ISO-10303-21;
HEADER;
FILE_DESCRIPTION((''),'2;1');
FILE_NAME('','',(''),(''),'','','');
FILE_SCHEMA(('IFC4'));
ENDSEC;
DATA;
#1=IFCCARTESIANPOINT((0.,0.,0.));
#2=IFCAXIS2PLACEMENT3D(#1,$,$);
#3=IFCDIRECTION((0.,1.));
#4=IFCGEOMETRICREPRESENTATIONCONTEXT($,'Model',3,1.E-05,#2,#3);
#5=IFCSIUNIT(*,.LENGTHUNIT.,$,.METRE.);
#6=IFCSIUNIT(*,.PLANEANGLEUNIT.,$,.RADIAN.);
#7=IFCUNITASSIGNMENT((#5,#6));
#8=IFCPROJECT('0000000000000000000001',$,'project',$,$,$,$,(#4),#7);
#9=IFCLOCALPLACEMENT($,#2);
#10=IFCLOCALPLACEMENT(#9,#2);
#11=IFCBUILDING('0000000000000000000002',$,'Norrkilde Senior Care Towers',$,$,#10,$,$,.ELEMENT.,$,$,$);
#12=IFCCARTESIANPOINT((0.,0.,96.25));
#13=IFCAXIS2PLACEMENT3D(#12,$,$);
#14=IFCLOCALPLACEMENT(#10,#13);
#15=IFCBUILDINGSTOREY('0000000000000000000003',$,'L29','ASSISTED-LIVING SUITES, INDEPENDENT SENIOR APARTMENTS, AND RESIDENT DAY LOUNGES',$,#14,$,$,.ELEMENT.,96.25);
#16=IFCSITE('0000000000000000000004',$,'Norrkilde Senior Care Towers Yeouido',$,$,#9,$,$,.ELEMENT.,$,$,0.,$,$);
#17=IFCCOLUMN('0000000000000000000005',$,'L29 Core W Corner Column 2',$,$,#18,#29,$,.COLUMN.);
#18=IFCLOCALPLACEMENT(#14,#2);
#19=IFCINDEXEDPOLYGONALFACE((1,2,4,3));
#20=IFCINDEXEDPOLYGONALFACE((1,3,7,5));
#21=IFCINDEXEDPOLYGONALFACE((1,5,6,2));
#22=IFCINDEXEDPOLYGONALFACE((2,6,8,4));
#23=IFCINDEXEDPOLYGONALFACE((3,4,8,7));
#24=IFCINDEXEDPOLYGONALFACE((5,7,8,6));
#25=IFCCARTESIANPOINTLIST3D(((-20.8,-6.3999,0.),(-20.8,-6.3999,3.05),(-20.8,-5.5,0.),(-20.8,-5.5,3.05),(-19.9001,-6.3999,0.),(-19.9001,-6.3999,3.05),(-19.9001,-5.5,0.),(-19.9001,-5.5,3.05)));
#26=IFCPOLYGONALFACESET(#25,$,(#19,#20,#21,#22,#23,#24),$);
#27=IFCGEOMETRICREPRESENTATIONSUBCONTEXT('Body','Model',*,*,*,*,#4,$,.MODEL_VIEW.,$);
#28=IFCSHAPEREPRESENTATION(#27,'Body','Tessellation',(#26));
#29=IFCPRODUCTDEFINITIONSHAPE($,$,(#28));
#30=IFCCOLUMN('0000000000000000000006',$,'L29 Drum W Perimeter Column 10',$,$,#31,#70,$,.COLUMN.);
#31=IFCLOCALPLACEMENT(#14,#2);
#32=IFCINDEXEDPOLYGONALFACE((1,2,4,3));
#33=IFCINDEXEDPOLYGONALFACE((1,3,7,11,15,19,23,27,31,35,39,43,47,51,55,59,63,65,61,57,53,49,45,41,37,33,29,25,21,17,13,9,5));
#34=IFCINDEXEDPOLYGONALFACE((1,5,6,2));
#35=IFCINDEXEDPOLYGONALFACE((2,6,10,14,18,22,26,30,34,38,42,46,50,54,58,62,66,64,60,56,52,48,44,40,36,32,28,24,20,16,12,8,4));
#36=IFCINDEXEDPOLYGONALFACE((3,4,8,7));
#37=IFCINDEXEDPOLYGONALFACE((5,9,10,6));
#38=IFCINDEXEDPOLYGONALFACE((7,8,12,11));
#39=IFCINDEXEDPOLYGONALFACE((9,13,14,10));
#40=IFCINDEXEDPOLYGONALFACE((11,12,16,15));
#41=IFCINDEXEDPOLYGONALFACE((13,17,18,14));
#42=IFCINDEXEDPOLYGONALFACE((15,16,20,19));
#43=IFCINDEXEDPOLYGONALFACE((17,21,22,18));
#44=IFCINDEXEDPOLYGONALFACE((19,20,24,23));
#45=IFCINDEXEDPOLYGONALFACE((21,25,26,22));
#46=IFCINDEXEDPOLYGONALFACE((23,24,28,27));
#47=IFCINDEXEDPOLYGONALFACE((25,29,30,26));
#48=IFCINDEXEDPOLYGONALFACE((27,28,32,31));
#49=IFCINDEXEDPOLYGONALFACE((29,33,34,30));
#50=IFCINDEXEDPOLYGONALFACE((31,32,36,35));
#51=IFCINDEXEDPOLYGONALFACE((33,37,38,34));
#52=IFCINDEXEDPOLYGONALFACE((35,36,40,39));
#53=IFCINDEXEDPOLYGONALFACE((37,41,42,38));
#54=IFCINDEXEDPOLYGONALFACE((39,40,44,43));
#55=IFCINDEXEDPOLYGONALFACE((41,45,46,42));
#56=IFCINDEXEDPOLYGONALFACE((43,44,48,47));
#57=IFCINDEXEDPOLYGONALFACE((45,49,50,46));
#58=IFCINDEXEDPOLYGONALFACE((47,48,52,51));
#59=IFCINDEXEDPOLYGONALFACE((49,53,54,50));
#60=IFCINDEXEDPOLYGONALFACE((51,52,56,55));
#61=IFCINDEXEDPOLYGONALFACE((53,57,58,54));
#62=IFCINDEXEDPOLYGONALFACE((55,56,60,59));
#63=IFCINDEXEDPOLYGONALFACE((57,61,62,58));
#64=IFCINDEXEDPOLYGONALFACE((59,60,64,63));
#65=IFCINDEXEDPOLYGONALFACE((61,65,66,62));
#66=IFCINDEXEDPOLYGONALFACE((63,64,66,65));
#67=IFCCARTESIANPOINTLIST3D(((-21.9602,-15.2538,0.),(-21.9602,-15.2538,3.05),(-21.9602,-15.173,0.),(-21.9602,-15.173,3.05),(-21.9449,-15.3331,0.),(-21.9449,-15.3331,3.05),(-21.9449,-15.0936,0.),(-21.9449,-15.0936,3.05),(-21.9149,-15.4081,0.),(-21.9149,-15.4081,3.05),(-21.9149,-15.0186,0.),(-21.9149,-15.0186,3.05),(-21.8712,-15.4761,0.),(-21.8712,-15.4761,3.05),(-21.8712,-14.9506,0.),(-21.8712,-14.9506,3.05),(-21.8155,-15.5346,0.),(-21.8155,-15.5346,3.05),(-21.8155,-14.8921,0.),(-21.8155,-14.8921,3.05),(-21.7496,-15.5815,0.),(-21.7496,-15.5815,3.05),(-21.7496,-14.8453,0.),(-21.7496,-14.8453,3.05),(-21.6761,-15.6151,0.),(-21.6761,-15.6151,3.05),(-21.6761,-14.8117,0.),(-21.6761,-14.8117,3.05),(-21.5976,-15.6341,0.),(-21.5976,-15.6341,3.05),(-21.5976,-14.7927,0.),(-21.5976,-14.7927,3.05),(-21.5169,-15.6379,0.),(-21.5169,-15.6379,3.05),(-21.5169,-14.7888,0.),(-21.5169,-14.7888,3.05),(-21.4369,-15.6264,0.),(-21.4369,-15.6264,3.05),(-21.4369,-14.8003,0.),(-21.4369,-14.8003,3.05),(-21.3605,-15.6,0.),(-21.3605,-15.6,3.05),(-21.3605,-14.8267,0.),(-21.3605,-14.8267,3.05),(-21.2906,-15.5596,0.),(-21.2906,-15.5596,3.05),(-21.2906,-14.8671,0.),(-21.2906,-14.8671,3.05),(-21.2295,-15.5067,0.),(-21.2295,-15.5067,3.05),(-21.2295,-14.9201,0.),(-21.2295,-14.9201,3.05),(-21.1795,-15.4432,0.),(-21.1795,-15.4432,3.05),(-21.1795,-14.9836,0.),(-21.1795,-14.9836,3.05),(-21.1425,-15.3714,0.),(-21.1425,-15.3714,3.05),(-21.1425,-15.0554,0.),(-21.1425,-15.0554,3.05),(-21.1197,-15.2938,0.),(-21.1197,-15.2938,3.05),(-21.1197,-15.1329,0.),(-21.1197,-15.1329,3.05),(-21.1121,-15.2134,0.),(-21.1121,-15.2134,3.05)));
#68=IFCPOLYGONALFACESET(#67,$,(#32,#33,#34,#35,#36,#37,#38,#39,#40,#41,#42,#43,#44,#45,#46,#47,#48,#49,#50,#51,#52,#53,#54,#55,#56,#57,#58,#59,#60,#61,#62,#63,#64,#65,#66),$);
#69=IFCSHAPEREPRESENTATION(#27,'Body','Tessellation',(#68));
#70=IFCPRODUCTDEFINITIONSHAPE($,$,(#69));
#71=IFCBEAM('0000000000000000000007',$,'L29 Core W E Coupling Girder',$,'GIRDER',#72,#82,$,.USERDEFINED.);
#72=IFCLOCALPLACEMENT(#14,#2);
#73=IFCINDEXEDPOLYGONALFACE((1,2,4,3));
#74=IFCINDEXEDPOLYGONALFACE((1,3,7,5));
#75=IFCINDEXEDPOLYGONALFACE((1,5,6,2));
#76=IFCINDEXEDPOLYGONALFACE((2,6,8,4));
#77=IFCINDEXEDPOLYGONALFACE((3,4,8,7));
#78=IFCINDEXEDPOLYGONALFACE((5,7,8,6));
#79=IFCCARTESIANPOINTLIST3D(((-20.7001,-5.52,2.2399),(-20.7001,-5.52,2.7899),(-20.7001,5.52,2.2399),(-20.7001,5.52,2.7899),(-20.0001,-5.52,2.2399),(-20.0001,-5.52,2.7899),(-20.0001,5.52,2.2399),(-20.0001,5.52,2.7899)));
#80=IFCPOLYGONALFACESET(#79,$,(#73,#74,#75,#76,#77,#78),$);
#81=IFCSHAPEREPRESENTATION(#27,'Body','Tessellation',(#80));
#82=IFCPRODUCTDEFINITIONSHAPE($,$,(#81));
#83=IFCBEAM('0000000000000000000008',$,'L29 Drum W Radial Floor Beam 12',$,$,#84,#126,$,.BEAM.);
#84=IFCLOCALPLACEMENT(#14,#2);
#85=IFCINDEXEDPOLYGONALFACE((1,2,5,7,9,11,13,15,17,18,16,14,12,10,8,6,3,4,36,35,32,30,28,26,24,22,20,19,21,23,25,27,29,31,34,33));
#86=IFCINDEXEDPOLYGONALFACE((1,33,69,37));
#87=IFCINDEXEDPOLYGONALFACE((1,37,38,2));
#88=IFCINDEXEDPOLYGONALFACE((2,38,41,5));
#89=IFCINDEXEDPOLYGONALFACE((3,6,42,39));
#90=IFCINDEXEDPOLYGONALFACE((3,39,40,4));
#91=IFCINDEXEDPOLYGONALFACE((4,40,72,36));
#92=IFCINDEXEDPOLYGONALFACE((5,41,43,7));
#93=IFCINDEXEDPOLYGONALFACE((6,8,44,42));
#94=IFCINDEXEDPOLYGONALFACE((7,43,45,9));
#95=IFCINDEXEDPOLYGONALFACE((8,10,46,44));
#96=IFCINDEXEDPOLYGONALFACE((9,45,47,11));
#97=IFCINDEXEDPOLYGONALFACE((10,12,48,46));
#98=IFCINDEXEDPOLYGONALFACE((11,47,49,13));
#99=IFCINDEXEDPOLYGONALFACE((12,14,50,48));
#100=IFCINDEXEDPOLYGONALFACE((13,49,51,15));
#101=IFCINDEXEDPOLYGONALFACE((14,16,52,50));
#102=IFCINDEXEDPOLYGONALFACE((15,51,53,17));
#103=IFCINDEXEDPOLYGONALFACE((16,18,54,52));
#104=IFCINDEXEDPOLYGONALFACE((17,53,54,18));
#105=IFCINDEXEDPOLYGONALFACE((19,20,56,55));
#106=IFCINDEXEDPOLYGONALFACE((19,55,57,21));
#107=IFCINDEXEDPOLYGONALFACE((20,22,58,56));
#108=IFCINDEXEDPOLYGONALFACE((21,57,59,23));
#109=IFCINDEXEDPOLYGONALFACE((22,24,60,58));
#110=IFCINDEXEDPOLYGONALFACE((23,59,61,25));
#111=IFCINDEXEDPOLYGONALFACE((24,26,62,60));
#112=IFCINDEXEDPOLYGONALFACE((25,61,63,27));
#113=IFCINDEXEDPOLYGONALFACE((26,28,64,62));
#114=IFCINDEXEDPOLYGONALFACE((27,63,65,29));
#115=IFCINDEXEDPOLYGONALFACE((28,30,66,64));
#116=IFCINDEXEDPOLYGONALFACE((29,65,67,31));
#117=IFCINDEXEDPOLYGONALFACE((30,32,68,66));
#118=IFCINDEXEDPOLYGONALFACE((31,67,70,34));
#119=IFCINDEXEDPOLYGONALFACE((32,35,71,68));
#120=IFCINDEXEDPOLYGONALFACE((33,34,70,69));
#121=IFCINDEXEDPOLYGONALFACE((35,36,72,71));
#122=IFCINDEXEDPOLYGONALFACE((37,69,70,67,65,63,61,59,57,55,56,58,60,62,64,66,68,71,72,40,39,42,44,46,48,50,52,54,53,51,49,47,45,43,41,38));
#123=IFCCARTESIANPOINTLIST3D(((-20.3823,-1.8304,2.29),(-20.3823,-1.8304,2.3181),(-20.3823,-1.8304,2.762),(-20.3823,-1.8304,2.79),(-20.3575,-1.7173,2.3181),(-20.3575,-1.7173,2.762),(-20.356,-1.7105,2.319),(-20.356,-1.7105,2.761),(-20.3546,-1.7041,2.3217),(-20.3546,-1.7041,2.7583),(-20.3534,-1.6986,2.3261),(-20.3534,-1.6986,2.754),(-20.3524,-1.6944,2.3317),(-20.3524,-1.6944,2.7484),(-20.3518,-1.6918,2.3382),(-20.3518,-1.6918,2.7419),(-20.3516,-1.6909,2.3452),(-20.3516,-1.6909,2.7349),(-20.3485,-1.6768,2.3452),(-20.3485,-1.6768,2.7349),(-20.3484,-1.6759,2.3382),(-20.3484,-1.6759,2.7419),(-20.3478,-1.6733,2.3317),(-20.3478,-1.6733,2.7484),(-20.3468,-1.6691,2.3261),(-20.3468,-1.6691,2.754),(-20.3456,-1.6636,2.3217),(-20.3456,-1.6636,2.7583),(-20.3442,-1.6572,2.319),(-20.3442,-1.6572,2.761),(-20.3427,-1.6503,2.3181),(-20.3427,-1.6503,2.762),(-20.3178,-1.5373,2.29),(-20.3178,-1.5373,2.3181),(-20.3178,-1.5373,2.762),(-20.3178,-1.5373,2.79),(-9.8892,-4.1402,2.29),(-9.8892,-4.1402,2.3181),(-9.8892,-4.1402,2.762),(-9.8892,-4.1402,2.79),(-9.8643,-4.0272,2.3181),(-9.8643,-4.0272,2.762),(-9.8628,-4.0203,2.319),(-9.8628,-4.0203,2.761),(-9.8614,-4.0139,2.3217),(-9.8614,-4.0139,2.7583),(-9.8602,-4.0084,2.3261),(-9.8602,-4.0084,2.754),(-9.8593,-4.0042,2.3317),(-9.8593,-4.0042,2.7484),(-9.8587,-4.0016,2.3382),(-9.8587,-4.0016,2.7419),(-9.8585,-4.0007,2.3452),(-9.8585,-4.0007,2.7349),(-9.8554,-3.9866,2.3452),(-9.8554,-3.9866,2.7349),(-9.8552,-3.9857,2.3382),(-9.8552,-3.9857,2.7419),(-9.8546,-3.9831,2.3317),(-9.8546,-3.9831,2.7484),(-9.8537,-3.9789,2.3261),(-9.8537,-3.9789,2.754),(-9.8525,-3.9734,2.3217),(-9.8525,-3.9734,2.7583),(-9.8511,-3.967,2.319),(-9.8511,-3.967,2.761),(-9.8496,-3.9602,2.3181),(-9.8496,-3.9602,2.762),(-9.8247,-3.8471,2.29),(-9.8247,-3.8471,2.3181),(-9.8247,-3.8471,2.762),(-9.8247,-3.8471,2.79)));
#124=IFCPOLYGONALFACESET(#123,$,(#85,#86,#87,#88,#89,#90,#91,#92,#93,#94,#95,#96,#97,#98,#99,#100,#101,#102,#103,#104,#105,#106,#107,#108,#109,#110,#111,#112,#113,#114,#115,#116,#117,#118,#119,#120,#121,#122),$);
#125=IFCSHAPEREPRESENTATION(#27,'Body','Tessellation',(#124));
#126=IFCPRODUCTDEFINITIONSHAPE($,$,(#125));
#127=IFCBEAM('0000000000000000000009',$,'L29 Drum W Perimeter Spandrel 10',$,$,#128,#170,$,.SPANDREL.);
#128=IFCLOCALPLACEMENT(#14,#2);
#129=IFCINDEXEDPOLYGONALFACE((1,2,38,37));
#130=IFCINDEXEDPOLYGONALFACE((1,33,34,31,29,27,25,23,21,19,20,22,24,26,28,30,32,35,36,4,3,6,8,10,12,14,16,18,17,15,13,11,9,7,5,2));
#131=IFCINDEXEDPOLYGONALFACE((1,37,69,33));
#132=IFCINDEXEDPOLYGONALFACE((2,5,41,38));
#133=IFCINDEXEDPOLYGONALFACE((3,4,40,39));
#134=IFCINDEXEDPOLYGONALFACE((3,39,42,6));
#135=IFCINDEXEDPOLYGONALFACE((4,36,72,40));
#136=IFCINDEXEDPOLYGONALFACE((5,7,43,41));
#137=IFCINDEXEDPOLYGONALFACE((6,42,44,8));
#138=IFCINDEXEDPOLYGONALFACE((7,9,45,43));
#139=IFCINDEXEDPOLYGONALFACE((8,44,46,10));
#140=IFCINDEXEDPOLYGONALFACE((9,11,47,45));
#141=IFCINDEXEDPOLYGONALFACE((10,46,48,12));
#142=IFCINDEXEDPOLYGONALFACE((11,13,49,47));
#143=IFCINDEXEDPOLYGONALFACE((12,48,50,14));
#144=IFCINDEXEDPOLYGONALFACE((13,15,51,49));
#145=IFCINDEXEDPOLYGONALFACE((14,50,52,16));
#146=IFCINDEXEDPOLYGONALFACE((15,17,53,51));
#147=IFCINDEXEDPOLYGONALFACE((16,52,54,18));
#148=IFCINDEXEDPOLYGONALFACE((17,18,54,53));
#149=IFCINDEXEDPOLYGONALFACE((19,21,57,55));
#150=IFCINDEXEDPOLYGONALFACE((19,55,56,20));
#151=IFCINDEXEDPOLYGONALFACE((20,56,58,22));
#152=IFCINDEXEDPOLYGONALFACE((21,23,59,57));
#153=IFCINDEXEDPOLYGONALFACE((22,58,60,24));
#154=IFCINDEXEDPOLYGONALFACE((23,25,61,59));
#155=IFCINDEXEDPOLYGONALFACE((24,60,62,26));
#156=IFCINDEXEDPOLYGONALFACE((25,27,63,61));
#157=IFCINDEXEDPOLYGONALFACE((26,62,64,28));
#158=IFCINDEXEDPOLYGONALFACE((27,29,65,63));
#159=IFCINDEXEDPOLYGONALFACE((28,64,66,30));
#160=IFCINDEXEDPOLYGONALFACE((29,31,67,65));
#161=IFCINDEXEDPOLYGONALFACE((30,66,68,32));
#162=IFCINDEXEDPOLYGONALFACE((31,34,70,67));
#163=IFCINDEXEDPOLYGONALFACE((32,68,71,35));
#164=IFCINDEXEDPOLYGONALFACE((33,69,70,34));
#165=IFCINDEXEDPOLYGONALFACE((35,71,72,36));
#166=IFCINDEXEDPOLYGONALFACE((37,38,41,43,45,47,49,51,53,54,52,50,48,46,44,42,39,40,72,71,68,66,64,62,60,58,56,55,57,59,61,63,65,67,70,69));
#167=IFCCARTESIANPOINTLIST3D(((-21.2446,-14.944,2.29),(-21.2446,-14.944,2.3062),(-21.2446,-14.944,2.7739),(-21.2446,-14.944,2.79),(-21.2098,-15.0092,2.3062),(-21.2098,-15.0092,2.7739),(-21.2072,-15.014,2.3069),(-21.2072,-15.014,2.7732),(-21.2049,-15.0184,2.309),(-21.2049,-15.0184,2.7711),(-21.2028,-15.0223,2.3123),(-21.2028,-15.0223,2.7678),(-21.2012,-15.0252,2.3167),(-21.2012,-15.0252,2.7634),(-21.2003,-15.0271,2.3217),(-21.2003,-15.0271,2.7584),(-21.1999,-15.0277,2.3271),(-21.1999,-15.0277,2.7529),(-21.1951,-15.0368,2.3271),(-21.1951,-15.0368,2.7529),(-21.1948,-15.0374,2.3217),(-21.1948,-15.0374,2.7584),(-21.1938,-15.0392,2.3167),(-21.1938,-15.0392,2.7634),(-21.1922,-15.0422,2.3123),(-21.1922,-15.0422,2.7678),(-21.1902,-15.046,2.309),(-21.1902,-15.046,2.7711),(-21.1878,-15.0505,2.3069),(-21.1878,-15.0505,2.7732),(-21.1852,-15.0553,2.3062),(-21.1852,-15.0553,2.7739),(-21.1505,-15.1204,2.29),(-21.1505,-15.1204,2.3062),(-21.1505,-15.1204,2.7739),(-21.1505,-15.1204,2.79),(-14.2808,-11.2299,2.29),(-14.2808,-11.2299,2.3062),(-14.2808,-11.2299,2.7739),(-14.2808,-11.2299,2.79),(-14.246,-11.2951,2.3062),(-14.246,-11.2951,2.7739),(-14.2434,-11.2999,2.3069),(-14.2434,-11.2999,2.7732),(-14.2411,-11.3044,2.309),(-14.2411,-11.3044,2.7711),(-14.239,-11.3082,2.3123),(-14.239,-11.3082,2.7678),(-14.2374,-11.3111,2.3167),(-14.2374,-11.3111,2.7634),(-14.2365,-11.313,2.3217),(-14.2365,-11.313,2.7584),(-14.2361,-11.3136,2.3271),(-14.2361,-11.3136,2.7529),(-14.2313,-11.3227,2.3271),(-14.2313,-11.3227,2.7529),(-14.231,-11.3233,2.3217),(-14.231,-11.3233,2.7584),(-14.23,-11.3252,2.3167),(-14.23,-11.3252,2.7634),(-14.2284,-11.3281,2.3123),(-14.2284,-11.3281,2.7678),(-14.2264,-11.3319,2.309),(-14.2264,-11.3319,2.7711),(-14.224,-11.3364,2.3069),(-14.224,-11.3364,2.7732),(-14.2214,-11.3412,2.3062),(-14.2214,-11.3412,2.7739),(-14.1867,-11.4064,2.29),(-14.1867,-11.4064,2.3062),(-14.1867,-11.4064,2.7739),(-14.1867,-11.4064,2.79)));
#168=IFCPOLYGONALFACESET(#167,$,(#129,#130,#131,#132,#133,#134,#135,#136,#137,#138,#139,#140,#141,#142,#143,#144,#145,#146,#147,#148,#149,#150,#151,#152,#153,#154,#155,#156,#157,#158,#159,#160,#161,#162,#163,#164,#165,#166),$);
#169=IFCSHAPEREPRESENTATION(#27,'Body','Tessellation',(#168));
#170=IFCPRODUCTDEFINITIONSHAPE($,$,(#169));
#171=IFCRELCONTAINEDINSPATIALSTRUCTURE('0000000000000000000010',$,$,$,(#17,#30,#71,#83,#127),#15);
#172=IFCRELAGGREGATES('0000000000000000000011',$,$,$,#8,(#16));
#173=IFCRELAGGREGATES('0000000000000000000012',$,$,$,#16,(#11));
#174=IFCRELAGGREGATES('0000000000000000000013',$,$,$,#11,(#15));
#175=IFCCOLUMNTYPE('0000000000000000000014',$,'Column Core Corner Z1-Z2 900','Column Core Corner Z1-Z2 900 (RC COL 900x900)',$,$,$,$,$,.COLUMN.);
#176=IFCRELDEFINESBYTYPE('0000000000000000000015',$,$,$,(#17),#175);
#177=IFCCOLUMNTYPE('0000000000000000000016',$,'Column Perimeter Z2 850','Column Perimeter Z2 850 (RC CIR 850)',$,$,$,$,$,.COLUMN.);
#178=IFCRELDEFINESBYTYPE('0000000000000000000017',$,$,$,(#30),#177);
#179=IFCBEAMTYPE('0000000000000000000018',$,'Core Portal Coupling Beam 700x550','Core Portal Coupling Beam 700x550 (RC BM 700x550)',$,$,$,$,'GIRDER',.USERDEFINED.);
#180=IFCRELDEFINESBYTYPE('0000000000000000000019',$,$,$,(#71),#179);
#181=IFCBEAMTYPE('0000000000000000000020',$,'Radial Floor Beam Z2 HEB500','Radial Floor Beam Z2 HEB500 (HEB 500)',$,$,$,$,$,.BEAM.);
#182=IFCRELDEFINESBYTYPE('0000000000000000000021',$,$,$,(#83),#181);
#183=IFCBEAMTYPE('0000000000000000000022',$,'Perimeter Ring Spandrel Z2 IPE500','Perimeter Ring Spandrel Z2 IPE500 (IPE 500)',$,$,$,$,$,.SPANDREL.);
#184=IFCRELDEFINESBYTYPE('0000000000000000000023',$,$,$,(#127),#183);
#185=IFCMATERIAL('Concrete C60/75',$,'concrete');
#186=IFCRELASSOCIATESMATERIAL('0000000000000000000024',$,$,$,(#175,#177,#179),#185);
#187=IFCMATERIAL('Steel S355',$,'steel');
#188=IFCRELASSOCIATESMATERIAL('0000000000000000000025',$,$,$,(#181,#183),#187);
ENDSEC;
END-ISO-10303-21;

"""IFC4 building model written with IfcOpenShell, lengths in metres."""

from ifc_helpers import new_model, si_unit, direction, frame, origin, origin_2d, place, context, subcontext, project, spatial, rectangle, circle, i_section, extrude, source, transform, mapped, material, material_profile, profile_set, type_object, type_shapes, element, save


model = new_model("IFC4")

# Units and contexts
model_context = context("Model", 3, precision=1e-05, world=origin(), true_north=direction((0.0, 1.0)))
body_context = subcontext(model_context, "Body", "Model", "MODEL_VIEW")
ifc_project = project(units=[si_unit("LENGTHUNIT", "METRE"), si_unit("PLANEANGLEUNIT", "RADIAN")], contexts=[model_context])

# Site, building, storey
site_placement = place(None, origin())
site = spatial("IfcSite", under=ifc_project, at=site_placement, Name="Norrkilde Senior Care Towers Yeouido", CompositionType="ELEMENT", RefElevation=0.0)
building_placement = place(site_placement, origin())
building = spatial("IfcBuilding", under=site, at=building_placement, Name="Norrkilde Senior Care Towers", CompositionType="ELEMENT")
storey_placement = place(building_placement, frame((0.0, 0.0, 96.25)))
storey = spatial("IfcBuildingStorey", under=building, at=storey_placement, Name="L29", Description="ASSISTED-LIVING SUITES, INDEPENDENT SENIOR APARTMENTS, AND RESIDENT DAY LOUNGES", CompositionType="ELEMENT", Elevation=96.25)

# Columns
ifc_material_1 = material(Name="Concrete C60/75", Category="concrete")
ifc_material_profile_1 = material_profile(ifc_material_1, rectangle(XDim=0.8999, YDim=0.8999, at=origin_2d()), Name="RC COL 900x900")
ifc_profile_set_1 = profile_set([ifc_material_profile_1], Name="Concrete C60/75")
column_type_1 = type_object("IfcColumnType", Name="Column Core Corner Z1-Z2 900", Description="Column Core Corner Z1-Z2 900 (RC COL 900x900)", PredefinedType="COLUMN", material=ifc_profile_set_1)
shared_shape_1 = source(origin(), body_context, "Body", "SweptSolid", [
    extrude(rectangle(XDim=0.8999, YDim=0.8999, at=origin_2d()), origin(), (0.0, 0.0, 1.0), 3.05),
])
type_shapes(column_type_1, [shared_shape_1])
column_1_placement = place(storey_placement, frame((-20.3501, -5.95, 0.0), z_axis=(0.0, 0.0, 1.0), x_axis=(1.0, 0.0, 0.0)))
element("IfcColumn", 1, at=column_1_placement, inside=storey, type_object=column_type_1, Name="L29 Core W Corner Column 2", PredefinedType="COLUMN", context=body_context, shape_type="MappedRepresentation", body=[
    mapped(shared_shape_1, transform((0.0, 0.0, 0.0), x_axis=(1.0, 0.0, 0.0), y_axis=(0.0, 1.0, 0.0), z_axis=(0.0, 0.0, 1.0), scale=1.0)),
])
ifc_material_profile_2 = material_profile(ifc_material_1, circle(Radius=0.425, at=origin_2d()), Name="RC CIR 850")
ifc_profile_set_2 = profile_set([ifc_material_profile_2], Name="Concrete C60/75")
column_type_2 = type_object("IfcColumnType", Name="Column Perimeter Z2 850", Description="Column Perimeter Z2 850 (RC CIR 850)", PredefinedType="COLUMN", material=ifc_profile_set_2)
shared_shape_2 = source(origin(), body_context, "Body", "SweptSolid", [
    extrude(circle(Radius=0.425, at=origin_2d()), origin(), (0.0, 0.0, 1.0), 3.05),
])
type_shapes(column_type_2, [shared_shape_2])
column_2_placement = place(storey_placement, frame((-21.5371, -15.2134, 0.0), z_axis=(0.0, 0.0, 1.0), x_axis=(1.0, 0.0, 0.0)))
element("IfcColumn", 2, at=column_2_placement, inside=storey, type_object=column_type_2, Name="L29 Drum W Perimeter Column 10", PredefinedType="COLUMN", context=body_context, shape_type="MappedRepresentation", body=[
    mapped(shared_shape_2, transform((0.0, 0.0, 0.0), x_axis=(1.0, 0.0, 0.0), y_axis=(0.0, 1.0, 0.0), z_axis=(0.0, 0.0, 1.0), scale=1.0)),
])

# Beams
ifc_material_profile_3 = material_profile(ifc_material_1, rectangle(XDim=0.7, YDim=0.55, at=origin_2d()), Name="RC BM 700x550")
ifc_profile_set_3 = profile_set([ifc_material_profile_3], Name="Concrete C60/75")
beam_type_1 = type_object("IfcBeamType", Name="Core Portal Coupling Beam 700x550", Description="Core Portal Coupling Beam 700x550 (RC BM 700x550)", ElementType="GIRDER", PredefinedType="USERDEFINED", material=ifc_profile_set_3)
shared_shape_3 = source(origin(), body_context, "Body", "SweptSolid", [
    extrude(rectangle(XDim=0.7, YDim=0.55, at=origin_2d()), origin(), (0.0, 0.0, 1.0), 11.04),
])
type_shapes(beam_type_1, [shared_shape_3])
beam_1_placement = place(storey_placement, frame((-20.3501, -5.52, 2.5149), z_axis=(0.0, 1.0, 0.0), x_axis=(-1.0, 0.0, 0.0)))
element("IfcBeam", 3, at=beam_1_placement, inside=storey, type_object=beam_type_1, Name="L29 Core W E Coupling Girder", ObjectType="GIRDER", PredefinedType="USERDEFINED", context=body_context, shape_type="MappedRepresentation", body=[
    mapped(shared_shape_3, transform((0.0, 0.0, 0.0), x_axis=(1.0, 0.0, 0.0), y_axis=(0.0, 1.0, 0.0), z_axis=(0.0, 0.0, 1.0), scale=1.0)),
])
ifc_material_2 = material(Name="Steel S355", Category="steel")
ifc_material_profile_4 = material_profile(ifc_material_2, i_section(OverallWidth=0.3, OverallDepth=0.5, WebThickness=0.0144, FlangeThickness=0.0281, FilletRadius=0.0271, at=origin_2d()), Name="HEB 500")
ifc_profile_set_4 = profile_set([ifc_material_profile_4], Name="Steel S355")
beam_type_2 = type_object("IfcBeamType", Name="Radial Floor Beam Z2 HEB500", Description="Radial Floor Beam Z2 HEB500 (HEB 500)", PredefinedType="BEAM", material=ifc_profile_set_4)
shared_shape_4 = source(origin(), body_context, "Body", "SweptSolid", [
    extrude(i_section(OverallWidth=0.3, OverallDepth=0.5, WebThickness=0.0144, FlangeThickness=0.0281, FilletRadius=0.0271, at=origin_2d()), origin(), (0.0, 0.0, 1.0), 10.7444),
])
beam_2_placement = place(storey_placement, frame((-20.3501, -1.6838, 2.54), z_axis=(0.976619, -0.214979, 0.0), x_axis=(0.214979, 0.976619, 0.0)))
element("IfcBeam", 4, at=beam_2_placement, inside=storey, type_object=beam_type_2, Name="L29 Drum W Radial Floor Beam 12", PredefinedType="BEAM", context=body_context, shape_type="MappedRepresentation", body=[
    mapped(shared_shape_4, transform((0.0, 0.0, 0.0), x_axis=(1.0, 0.0, 0.0), y_axis=(0.0, 1.0, 0.0), z_axis=(0.0, 0.0, 1.0), scale=1.0)),
])
ifc_material_profile_5 = material_profile(ifc_material_2, i_section(OverallWidth=0.2, OverallDepth=0.5, WebThickness=0.0103, FlangeThickness=0.0161, FilletRadius=0.021, at=origin_2d()), Name="IPE 500")
ifc_profile_set_5 = profile_set([ifc_material_profile_5], Name="Steel S355")
beam_type_3 = type_object("IfcBeamType", Name="Perimeter Ring Spandrel Z2 IPE500", Description="Perimeter Ring Spandrel Z2 IPE500 (IPE 500)", PredefinedType="SPANDREL", material=ifc_profile_set_5)
shared_shape_5 = source(origin(), body_context, "Body", "SweptSolid", [
    extrude(i_section(OverallWidth=0.2, OverallDepth=0.5, WebThickness=0.0103, FlangeThickness=0.0161, FilletRadius=0.021, at=origin_2d()), origin(), (0.0, 0.0, 1.0), 7.8923),
])
type_shapes(beam_type_3, [shared_shape_5])
beam_3_placement = place(storey_placement, frame((-21.1975, -15.0322, 2.54), z_axis=(0.88235, 0.470593, 0.0), x_axis=(-0.470593, 0.88235, 0.0)))
element("IfcBeam", 5, at=beam_3_placement, inside=storey, type_object=beam_type_3, Name="L29 Drum W Perimeter Spandrel 10", PredefinedType="SPANDREL", context=body_context, shape_type="MappedRepresentation", body=[
    mapped(shared_shape_5, transform((0.0, 0.0, 0.0), x_axis=(1.0, 0.0, 0.0), y_axis=(0.0, 1.0, 0.0), z_axis=(0.0, 0.0, 1.0), scale=1.0)),
])

save(model, "model.ifc")
